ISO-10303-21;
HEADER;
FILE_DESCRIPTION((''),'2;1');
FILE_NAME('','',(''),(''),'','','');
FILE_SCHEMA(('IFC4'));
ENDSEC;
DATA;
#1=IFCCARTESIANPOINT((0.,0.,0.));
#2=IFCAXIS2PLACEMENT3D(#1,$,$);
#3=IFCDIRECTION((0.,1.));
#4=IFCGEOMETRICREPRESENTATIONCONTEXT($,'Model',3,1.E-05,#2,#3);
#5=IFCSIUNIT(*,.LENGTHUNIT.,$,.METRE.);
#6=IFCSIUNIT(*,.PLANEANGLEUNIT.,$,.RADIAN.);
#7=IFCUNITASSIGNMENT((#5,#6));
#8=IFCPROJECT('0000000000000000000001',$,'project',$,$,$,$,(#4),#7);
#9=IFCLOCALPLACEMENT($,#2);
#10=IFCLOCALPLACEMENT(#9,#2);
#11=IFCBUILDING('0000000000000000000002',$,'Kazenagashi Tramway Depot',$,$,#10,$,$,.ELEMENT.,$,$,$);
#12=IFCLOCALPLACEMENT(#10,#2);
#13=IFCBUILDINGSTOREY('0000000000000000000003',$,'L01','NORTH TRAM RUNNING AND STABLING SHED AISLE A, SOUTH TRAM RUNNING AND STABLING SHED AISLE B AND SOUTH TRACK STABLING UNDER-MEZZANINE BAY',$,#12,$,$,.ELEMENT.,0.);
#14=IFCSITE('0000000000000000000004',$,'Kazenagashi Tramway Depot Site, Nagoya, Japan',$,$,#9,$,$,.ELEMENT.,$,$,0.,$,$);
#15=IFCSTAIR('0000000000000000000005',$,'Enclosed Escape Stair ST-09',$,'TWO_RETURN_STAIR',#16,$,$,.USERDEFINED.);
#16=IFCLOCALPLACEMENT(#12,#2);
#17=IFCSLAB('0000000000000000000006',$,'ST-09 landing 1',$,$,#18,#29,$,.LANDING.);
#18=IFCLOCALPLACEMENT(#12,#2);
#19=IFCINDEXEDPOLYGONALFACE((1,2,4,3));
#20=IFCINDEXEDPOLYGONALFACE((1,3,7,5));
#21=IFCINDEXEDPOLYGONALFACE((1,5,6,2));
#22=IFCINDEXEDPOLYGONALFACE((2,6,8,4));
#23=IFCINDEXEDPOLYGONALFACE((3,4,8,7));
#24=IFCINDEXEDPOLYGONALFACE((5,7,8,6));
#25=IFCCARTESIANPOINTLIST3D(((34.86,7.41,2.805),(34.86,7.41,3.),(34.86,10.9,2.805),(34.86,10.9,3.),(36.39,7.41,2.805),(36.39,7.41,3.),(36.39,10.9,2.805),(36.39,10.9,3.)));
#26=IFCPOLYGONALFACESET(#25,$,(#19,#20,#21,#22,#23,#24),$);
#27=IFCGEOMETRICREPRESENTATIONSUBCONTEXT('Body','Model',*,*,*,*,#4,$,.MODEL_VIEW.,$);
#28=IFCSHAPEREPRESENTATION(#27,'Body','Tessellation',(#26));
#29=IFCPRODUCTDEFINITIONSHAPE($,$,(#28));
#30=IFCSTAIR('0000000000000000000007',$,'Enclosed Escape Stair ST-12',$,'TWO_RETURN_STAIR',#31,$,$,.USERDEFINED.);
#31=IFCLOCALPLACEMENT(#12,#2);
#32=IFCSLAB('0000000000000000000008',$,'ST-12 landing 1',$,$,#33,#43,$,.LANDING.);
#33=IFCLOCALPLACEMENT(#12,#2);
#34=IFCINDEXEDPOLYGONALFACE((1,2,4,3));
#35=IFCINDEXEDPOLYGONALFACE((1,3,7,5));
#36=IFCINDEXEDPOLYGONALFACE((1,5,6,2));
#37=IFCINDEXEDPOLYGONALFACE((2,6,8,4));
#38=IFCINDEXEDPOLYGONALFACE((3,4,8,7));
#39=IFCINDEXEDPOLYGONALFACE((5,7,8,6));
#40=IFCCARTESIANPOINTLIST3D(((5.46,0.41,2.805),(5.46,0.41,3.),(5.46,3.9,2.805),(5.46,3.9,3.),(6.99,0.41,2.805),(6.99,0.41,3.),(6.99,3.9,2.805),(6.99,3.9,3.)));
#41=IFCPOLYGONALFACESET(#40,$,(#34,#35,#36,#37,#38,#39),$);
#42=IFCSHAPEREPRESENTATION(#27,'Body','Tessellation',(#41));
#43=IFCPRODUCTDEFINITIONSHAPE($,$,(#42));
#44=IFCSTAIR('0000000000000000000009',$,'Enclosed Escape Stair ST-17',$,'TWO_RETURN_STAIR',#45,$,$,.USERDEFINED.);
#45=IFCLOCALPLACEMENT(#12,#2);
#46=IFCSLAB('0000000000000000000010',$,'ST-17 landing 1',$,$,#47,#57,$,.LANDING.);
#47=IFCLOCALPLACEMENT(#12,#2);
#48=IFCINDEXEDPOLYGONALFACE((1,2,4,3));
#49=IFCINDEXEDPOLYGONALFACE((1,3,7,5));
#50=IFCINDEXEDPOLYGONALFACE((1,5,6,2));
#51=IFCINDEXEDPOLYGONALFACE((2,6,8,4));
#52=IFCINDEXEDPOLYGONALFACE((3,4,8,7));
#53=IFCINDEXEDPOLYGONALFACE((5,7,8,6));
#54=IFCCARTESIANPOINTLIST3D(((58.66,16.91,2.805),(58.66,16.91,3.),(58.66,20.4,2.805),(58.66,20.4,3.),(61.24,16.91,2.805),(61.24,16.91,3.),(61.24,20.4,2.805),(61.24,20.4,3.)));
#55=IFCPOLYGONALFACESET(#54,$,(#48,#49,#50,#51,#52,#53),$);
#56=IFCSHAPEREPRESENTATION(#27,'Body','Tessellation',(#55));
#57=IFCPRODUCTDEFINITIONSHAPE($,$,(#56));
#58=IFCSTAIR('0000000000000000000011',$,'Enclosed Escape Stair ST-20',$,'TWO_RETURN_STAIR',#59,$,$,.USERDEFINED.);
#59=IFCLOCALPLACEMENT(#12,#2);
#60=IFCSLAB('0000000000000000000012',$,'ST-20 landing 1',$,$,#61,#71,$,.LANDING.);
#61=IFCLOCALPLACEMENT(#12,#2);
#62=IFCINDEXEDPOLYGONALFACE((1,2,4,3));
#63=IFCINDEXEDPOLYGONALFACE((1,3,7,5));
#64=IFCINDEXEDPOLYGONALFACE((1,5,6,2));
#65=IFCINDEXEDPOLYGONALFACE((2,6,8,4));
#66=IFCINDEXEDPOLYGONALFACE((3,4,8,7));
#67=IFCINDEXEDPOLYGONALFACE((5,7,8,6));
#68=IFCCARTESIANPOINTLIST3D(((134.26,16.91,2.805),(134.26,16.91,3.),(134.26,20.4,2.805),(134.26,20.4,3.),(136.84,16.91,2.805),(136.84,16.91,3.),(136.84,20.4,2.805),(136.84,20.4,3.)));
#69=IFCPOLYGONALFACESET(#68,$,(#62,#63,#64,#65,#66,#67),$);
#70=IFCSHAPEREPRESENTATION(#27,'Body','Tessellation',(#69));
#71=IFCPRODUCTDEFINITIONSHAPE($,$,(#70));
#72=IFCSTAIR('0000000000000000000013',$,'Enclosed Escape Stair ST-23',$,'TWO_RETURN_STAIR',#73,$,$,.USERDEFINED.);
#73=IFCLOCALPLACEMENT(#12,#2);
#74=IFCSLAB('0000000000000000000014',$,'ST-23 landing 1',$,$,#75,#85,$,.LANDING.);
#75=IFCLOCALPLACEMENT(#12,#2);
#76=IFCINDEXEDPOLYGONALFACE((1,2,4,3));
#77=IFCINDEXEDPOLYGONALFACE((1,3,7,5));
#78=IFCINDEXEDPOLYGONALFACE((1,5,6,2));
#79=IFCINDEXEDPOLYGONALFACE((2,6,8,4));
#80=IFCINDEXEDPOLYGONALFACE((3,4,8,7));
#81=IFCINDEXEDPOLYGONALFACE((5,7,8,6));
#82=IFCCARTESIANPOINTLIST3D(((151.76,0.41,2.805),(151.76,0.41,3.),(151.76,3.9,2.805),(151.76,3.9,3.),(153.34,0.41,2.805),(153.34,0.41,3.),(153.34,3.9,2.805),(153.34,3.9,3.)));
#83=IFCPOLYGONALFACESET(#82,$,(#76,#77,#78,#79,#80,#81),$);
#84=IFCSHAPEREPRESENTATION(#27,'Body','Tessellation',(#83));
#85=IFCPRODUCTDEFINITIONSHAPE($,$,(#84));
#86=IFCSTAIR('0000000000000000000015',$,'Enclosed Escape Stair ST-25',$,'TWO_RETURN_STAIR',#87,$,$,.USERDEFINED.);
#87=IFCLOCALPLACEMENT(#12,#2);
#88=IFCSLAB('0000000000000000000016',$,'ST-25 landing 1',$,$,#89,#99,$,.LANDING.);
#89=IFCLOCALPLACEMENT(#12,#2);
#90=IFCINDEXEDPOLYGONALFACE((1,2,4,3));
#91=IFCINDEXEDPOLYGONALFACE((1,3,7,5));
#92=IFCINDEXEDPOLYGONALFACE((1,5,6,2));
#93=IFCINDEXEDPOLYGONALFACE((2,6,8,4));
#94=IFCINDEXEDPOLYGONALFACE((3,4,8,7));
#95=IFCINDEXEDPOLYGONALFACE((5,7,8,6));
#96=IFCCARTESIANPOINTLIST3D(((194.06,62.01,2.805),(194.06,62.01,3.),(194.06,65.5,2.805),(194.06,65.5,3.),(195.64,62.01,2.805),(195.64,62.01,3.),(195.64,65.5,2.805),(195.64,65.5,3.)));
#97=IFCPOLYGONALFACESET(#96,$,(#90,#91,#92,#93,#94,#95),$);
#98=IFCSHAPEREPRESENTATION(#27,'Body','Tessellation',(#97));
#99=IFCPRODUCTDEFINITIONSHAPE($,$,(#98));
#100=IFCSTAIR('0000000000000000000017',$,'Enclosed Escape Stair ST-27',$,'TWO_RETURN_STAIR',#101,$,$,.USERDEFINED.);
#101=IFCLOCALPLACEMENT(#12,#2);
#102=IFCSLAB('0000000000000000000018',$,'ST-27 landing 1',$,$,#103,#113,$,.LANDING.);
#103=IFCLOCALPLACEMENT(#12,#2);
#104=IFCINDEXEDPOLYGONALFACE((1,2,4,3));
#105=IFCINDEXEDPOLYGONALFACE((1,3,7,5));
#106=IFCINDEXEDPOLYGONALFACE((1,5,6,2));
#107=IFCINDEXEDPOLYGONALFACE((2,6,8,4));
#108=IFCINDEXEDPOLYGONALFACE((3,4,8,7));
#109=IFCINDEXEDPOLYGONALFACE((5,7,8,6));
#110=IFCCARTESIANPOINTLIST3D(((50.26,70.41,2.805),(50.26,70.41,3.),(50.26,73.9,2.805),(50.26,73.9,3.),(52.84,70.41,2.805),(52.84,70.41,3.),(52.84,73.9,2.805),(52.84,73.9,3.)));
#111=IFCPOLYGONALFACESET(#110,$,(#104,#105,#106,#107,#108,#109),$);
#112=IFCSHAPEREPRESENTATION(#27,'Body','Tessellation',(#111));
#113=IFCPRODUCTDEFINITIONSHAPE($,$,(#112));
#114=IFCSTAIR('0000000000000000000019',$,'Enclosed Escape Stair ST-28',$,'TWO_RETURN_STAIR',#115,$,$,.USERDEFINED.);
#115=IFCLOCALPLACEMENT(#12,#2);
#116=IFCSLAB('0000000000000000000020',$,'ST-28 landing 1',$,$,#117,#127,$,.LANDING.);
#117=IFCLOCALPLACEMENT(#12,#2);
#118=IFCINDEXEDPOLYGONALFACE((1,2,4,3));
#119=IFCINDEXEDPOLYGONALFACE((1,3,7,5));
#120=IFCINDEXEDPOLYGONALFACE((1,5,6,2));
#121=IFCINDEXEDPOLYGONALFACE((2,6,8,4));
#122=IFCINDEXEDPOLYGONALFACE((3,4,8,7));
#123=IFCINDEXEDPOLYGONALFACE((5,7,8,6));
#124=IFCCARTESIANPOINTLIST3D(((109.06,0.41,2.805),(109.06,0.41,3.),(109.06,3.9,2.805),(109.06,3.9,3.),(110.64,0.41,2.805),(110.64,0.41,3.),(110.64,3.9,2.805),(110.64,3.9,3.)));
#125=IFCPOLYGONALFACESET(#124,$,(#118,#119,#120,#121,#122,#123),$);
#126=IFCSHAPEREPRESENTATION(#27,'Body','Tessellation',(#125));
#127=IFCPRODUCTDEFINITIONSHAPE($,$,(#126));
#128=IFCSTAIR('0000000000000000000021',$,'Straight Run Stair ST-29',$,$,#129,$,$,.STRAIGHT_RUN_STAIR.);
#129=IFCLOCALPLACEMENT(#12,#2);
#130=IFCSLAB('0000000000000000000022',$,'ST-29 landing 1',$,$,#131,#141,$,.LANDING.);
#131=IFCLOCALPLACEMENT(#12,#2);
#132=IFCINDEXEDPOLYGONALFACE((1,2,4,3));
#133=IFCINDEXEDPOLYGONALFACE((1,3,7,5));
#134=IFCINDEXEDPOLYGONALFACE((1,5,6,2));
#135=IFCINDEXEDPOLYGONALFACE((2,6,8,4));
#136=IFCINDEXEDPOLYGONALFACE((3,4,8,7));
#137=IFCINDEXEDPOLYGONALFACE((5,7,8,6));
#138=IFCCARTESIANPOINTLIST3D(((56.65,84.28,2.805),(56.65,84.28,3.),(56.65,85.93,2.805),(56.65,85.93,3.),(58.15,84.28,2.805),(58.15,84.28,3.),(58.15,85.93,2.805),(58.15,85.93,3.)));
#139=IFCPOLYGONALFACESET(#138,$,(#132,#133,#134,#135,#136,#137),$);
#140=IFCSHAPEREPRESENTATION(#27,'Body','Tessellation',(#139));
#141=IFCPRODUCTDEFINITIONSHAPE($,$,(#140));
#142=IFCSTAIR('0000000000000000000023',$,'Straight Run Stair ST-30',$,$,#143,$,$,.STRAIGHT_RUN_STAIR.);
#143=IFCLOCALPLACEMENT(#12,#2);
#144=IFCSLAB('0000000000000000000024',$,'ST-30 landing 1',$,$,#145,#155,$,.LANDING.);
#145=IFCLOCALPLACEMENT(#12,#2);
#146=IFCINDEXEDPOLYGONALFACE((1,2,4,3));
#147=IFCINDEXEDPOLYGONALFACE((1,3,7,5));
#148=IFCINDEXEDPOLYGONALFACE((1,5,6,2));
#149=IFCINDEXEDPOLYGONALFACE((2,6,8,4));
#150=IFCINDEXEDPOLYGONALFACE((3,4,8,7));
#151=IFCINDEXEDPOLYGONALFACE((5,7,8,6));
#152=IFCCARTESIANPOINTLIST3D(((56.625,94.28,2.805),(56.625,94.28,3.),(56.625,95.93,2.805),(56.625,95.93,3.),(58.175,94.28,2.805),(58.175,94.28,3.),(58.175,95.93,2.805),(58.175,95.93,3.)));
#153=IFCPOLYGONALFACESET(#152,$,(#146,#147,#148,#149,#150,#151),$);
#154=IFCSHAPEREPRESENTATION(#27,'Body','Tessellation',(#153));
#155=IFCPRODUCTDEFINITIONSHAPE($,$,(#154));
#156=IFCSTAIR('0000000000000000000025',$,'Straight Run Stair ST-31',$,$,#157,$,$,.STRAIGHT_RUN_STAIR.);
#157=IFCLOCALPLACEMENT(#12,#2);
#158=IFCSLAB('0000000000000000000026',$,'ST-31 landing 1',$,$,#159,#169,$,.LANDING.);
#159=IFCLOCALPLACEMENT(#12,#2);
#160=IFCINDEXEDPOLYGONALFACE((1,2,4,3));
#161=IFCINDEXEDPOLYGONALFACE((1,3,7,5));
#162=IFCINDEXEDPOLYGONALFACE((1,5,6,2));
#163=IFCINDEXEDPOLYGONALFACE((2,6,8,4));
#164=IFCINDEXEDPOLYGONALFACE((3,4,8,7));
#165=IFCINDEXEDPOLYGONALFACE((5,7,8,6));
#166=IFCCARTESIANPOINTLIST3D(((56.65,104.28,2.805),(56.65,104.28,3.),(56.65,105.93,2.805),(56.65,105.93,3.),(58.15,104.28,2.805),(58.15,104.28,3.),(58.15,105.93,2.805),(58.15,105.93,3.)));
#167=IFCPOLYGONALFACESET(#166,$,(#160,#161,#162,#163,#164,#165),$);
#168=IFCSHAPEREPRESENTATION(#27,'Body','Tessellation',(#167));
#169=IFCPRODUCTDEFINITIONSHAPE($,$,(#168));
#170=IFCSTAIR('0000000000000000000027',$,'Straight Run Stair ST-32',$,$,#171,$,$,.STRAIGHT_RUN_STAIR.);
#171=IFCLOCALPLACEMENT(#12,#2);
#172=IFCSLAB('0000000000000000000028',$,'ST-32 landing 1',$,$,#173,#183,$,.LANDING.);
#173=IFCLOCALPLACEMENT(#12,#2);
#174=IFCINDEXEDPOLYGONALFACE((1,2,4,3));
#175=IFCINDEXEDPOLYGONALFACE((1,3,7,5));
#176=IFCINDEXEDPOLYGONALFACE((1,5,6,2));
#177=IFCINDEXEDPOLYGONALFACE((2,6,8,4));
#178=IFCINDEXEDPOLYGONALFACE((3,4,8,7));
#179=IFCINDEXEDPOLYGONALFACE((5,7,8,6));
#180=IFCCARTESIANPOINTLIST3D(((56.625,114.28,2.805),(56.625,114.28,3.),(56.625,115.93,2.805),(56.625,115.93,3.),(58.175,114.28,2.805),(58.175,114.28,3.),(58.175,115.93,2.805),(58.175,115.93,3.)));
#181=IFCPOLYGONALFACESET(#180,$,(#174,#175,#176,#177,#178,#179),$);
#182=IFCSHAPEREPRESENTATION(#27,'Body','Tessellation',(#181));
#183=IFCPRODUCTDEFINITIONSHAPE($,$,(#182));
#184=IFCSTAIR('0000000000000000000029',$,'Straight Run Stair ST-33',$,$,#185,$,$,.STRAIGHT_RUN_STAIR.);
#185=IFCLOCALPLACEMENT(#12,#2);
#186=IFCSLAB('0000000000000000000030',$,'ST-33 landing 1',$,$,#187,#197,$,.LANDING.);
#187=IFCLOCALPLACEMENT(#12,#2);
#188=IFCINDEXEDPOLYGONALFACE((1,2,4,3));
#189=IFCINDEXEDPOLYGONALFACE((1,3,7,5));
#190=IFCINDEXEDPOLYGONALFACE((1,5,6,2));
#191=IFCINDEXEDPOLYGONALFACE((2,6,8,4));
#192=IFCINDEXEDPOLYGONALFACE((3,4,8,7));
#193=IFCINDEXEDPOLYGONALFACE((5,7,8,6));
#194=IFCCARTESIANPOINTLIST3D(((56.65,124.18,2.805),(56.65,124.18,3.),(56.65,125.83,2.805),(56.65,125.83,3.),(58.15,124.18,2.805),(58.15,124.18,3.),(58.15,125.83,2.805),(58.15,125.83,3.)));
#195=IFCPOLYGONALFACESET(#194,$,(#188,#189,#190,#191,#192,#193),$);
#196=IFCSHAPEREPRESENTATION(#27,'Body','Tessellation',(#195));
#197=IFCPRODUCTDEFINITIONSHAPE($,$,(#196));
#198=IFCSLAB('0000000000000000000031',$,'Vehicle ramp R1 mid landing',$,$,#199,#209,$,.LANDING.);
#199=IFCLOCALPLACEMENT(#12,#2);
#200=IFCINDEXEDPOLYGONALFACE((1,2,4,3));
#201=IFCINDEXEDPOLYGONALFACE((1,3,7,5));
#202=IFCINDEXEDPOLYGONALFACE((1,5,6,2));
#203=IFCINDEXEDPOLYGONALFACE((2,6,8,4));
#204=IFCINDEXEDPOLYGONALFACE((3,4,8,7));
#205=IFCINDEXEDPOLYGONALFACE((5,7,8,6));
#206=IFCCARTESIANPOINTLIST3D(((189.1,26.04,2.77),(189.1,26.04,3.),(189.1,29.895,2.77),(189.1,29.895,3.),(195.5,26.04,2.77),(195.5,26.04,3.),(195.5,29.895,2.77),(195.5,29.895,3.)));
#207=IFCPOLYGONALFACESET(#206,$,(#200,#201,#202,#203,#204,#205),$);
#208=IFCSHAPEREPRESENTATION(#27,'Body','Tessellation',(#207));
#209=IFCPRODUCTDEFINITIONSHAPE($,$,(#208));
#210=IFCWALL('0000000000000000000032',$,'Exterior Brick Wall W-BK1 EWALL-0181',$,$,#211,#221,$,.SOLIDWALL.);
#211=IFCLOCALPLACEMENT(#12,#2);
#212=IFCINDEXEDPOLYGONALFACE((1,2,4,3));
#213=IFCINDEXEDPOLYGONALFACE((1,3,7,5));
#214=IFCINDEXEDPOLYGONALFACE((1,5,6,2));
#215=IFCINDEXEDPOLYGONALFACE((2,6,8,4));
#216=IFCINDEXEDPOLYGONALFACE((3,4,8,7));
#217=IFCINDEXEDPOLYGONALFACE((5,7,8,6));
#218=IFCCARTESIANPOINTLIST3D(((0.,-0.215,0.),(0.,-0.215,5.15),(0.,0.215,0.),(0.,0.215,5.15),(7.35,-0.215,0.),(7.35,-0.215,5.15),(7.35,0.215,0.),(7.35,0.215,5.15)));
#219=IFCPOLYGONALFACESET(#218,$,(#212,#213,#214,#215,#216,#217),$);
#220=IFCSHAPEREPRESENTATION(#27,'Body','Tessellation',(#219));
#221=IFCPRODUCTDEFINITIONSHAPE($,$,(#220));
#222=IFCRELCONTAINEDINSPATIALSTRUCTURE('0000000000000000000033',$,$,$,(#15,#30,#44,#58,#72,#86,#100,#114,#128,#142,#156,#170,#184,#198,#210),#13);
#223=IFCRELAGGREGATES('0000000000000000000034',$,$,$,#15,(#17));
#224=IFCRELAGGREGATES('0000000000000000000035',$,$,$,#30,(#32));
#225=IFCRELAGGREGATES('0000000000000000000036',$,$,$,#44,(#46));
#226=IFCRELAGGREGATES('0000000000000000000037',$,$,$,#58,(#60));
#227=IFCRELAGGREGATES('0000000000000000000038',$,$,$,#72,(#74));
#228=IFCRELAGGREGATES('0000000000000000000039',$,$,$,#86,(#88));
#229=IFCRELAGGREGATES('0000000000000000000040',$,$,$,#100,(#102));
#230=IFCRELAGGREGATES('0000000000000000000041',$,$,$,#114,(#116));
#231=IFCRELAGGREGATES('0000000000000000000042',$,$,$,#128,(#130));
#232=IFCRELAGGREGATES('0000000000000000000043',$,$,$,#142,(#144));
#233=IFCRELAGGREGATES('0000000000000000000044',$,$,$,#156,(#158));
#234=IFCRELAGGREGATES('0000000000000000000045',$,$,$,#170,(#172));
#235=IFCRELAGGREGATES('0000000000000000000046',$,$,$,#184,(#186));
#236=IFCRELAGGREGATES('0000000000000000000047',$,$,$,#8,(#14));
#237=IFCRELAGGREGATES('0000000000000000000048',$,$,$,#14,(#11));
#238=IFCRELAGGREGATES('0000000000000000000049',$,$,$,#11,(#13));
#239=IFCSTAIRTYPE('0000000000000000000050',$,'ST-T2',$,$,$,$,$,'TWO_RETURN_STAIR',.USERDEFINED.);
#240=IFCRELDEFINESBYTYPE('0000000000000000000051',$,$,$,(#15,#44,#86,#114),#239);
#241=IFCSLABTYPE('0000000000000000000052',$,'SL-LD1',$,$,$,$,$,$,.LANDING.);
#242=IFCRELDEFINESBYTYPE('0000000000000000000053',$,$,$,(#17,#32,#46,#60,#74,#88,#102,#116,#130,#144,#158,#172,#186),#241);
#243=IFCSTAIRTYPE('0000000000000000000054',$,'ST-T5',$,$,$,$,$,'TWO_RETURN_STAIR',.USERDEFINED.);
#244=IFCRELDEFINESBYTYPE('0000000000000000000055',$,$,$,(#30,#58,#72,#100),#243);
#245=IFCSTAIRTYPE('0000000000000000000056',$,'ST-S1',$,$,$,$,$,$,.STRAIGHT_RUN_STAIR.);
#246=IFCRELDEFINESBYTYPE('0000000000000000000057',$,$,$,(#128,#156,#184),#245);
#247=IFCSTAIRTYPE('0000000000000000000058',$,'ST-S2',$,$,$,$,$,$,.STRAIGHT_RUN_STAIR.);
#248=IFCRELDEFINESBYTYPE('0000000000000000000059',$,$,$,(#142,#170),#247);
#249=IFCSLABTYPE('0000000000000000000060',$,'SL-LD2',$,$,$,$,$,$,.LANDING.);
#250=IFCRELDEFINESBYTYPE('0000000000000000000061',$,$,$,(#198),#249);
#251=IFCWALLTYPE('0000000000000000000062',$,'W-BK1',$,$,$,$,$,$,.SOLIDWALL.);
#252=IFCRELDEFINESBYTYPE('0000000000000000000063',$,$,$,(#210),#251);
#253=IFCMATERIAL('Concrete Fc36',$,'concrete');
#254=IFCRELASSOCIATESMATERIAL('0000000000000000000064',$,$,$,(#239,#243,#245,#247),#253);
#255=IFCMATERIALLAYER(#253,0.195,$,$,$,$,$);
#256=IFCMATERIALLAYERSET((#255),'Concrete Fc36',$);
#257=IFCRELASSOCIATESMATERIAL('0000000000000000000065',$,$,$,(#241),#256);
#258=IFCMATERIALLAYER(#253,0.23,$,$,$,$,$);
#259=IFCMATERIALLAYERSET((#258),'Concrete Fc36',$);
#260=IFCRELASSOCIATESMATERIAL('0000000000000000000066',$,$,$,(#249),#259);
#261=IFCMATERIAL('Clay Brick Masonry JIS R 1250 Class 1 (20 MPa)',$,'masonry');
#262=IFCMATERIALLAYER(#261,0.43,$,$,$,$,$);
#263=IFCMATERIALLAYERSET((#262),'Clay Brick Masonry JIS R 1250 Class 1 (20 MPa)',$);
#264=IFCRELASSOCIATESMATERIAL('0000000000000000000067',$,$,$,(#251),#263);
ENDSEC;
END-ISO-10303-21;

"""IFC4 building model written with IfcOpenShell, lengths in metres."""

from ifc_helpers import new_model, si_unit, direction, frame, frame_2d, origin, origin_with_axes, place, context, subcontext, project, spatial, polyline, rectangle, outline, extrude, material, layer, layer_set, type_object, element, aggregate, save


model = new_model("IFC4")

# Units and contexts
model_context = context("Model", 3, precision=1e-05, world=origin(), true_north=direction((0.0, 1.0)))
body_context = subcontext(model_context, "Body", "Model", "MODEL_VIEW")
ifc_project = project(units=[si_unit("LENGTHUNIT", "METRE"), si_unit("PLANEANGLEUNIT", "RADIAN")], contexts=[model_context])

# Site, building, storey
site_placement = place(None, origin())
site = spatial("IfcSite", under=ifc_project, at=site_placement, Name="Kazenagashi Tramway Depot Site, Nagoya, Japan", CompositionType="ELEMENT", RefElevation=0.0)
building_placement = place(site_placement, origin())
building = spatial("IfcBuilding", under=site, at=building_placement, Name="Kazenagashi Tramway Depot", CompositionType="ELEMENT")
storey_placement = place(building_placement, origin())
storey = spatial("IfcBuildingStorey", under=building, at=storey_placement, Name="L01", Description="NORTH TRAM RUNNING AND STABLING SHED AISLE A, SOUTH TRAM RUNNING AND STABLING SHED AISLE B AND SOUTH TRACK STABLING UNDER-MEZZANINE BAY", CompositionType="ELEMENT", Elevation=0.0)

# Shared definitions
ifc_material_1 = material(Name="Concrete Fc36", Category="concrete")

# Stairs, slabs
stair_type_1 = type_object("IfcStairType", Name="ST-T2", ElementType="TWO_RETURN_STAIR", PredefinedType="USERDEFINED", material=ifc_material_1)
ifc_layer_1 = layer(ifc_material_1, 0.195)
ifc_layer_set_1 = layer_set([ifc_layer_1], Name="Concrete Fc36")
slab_type_1 = type_object("IfcSlabType", Name="SL-LD1", PredefinedType="LANDING", material=ifc_layer_set_1)
stair_type_2 = type_object("IfcStairType", Name="ST-T5", ElementType="TWO_RETURN_STAIR", PredefinedType="USERDEFINED", material=ifc_material_1)
stair_1_placement = place(storey_placement, origin())
stair_1 = element("IfcStair", 1, at=stair_1_placement, inside=storey, type_object=stair_type_1, Name="Enclosed Escape Stair ST-09", ObjectType="TWO_RETURN_STAIR", PredefinedType="USERDEFINED")
slab_1_placement = place(storey_placement, frame((0.0, 0.0, 2.805)))
slab_1 = element("IfcSlab", 2, at=slab_1_placement, type_object=slab_type_1, Name="ST-09 landing 1", PredefinedType="LANDING", context=body_context, shape_type="SweptSolid", body=[
    extrude(outline(polyline([(34.86, 7.41), (36.39, 7.41), (36.39, 10.9), (34.86, 10.9), (34.86, 7.41)])), origin(), (0.0, 0.0, 1.0), 0.195),
])
aggregate(stair_1, [slab_1])
stair_2_placement = place(storey_placement, origin())
stair_2 = element("IfcStair", 3, at=stair_2_placement, inside=storey, type_object=stair_type_2, Name="Enclosed Escape Stair ST-12", ObjectType="TWO_RETURN_STAIR", PredefinedType="USERDEFINED")
slab_2_placement = place(storey_placement, frame((0.0, 0.0, 2.805)))
slab_2 = element("IfcSlab", 4, at=slab_2_placement, type_object=slab_type_1, Name="ST-12 landing 1", PredefinedType="LANDING", context=body_context, shape_type="SweptSolid", body=[
    extrude(outline(polyline([(5.46, 0.41), (6.99, 0.41), (6.99, 3.9), (5.46, 3.9), (5.46, 0.41)])), origin(), (0.0, 0.0, 1.0), 0.195),
])
aggregate(stair_2, [slab_2])
stair_3_placement = place(storey_placement, origin())
stair_3 = element("IfcStair", 5, at=stair_3_placement, inside=storey, type_object=stair_type_1, Name="Enclosed Escape Stair ST-17", ObjectType="TWO_RETURN_STAIR", PredefinedType="USERDEFINED")
slab_3_placement = place(storey_placement, frame((0.0, 0.0, 2.805)))
slab_3 = element("IfcSlab", 6, at=slab_3_placement, type_object=slab_type_1, Name="ST-17 landing 1", PredefinedType="LANDING", context=body_context, shape_type="SweptSolid", body=[
    extrude(outline(polyline([(58.66, 16.91), (61.24, 16.91), (61.24, 20.4), (58.66, 20.4), (58.66, 16.91)])), origin(), (0.0, 0.0, 1.0), 0.195),
])
aggregate(stair_3, [slab_3])
stair_4_placement = place(storey_placement, origin())
stair_4 = element("IfcStair", 7, at=stair_4_placement, inside=storey, type_object=stair_type_2, Name="Enclosed Escape Stair ST-20", ObjectType="TWO_RETURN_STAIR", PredefinedType="USERDEFINED")
slab_4_placement = place(storey_placement, frame((0.0, 0.0, 2.805)))
slab_4 = element("IfcSlab", 8, at=slab_4_placement, type_object=slab_type_1, Name="ST-20 landing 1", PredefinedType="LANDING", context=body_context, shape_type="SweptSolid", body=[
    extrude(outline(polyline([(134.26, 16.91), (136.84, 16.91), (136.84, 20.4), (134.26, 20.4), (134.26, 16.91)])), origin(), (0.0, 0.0, 1.0), 0.195),
])
aggregate(stair_4, [slab_4])
stair_5_placement = place(storey_placement, origin())
stair_5 = element("IfcStair", 9, at=stair_5_placement, inside=storey, type_object=stair_type_2, Name="Enclosed Escape Stair ST-23", ObjectType="TWO_RETURN_STAIR", PredefinedType="USERDEFINED")
slab_5_placement = place(storey_placement, frame((0.0, 0.0, 2.805)))
slab_5 = element("IfcSlab", 10, at=slab_5_placement, type_object=slab_type_1, Name="ST-23 landing 1", PredefinedType="LANDING", context=body_context, shape_type="SweptSolid", body=[
    extrude(outline(polyline([(151.76, 0.41), (153.34, 0.41), (153.34, 3.9), (151.76, 3.9), (151.76, 0.41)])), origin(), (0.0, 0.0, 1.0), 0.195),
])
aggregate(stair_5, [slab_5])
stair_6_placement = place(storey_placement, origin())
stair_6 = element("IfcStair", 11, at=stair_6_placement, inside=storey, type_object=stair_type_1, Name="Enclosed Escape Stair ST-25", ObjectType="TWO_RETURN_STAIR", PredefinedType="USERDEFINED")
slab_6_placement = place(storey_placement, frame((0.0, 0.0, 2.805)))
slab_6 = element("IfcSlab", 12, at=slab_6_placement, type_object=slab_type_1, Name="ST-25 landing 1", PredefinedType="LANDING", context=body_context, shape_type="SweptSolid", body=[
    extrude(outline(polyline([(194.06, 62.01), (195.64, 62.01), (195.64, 65.5), (194.06, 65.5), (194.06, 62.01)])), origin(), (0.0, 0.0, 1.0), 0.195),
])
aggregate(stair_6, [slab_6])
stair_7_placement = place(storey_placement, origin())
stair_7 = element("IfcStair", 13, at=stair_7_placement, inside=storey, type_object=stair_type_2, Name="Enclosed Escape Stair ST-27", ObjectType="TWO_RETURN_STAIR", PredefinedType="USERDEFINED")
slab_7_placement = place(storey_placement, frame((0.0, 0.0, 2.805)))
slab_7 = element("IfcSlab", 14, at=slab_7_placement, type_object=slab_type_1, Name="ST-27 landing 1", PredefinedType="LANDING", context=body_context, shape_type="SweptSolid", body=[
    extrude(outline(polyline([(50.26, 70.41), (52.84, 70.41), (52.84, 73.9), (50.26, 73.9), (50.26, 70.41)])), origin(), (0.0, 0.0, 1.0), 0.195),
])
aggregate(stair_7, [slab_7])
stair_8_placement = place(storey_placement, origin())
stair_8 = element("IfcStair", 15, at=stair_8_placement, inside=storey, type_object=stair_type_1, Name="Enclosed Escape Stair ST-28", ObjectType="TWO_RETURN_STAIR", PredefinedType="USERDEFINED")
slab_8_placement = place(storey_placement, frame((0.0, 0.0, 2.805)))
slab_8 = element("IfcSlab", 16, at=slab_8_placement, type_object=slab_type_1, Name="ST-28 landing 1", PredefinedType="LANDING", context=body_context, shape_type="SweptSolid", body=[
    extrude(outline(polyline([(109.06, 0.41), (110.64, 0.41), (110.64, 3.9), (109.06, 3.9), (109.06, 0.41)])), origin(), (0.0, 0.0, 1.0), 0.195),
])
aggregate(stair_8, [slab_8])
stair_type_3 = type_object("IfcStairType", Name="ST-S1", PredefinedType="STRAIGHT_RUN_STAIR", material=ifc_material_1)
stair_9_placement = place(storey_placement, origin())
stair_9 = element("IfcStair", 17, at=stair_9_placement, inside=storey, type_object=stair_type_3, Name="Straight Run Stair ST-29", PredefinedType="STRAIGHT_RUN_STAIR")
slab_9_placement = place(storey_placement, frame((0.0, 0.0, 2.805)))
slab_9 = element("IfcSlab", 18, at=slab_9_placement, type_object=slab_type_1, Name="ST-29 landing 1", PredefinedType="LANDING", context=body_context, shape_type="SweptSolid", body=[
    extrude(outline(polyline([(56.65, 84.28), (58.15, 84.28), (58.15, 85.93), (56.65, 85.93), (56.65, 84.28)])), origin(), (0.0, 0.0, 1.0), 0.195),
])
aggregate(stair_9, [slab_9])
stair_type_4 = type_object("IfcStairType", Name="ST-S2", PredefinedType="STRAIGHT_RUN_STAIR", material=ifc_material_1)
stair_10_placement = place(storey_placement, origin())
stair_10 = element("IfcStair", 19, at=stair_10_placement, inside=storey, type_object=stair_type_4, Name="Straight Run Stair ST-30", PredefinedType="STRAIGHT_RUN_STAIR")
slab_10_placement = place(storey_placement, frame((0.0, 0.0, 2.805)))
slab_10 = element("IfcSlab", 20, at=slab_10_placement, type_object=slab_type_1, Name="ST-30 landing 1", PredefinedType="LANDING", context=body_context, shape_type="SweptSolid", body=[
    extrude(outline(polyline([(56.625, 94.28), (58.175, 94.28), (58.175, 95.93), (56.625, 95.93), (56.625, 94.28)])), origin(), (0.0, 0.0, 1.0), 0.195),
])
aggregate(stair_10, [slab_10])
stair_11_placement = place(storey_placement, origin())
stair_11 = element("IfcStair", 21, at=stair_11_placement, inside=storey, type_object=stair_type_3, Name="Straight Run Stair ST-31", PredefinedType="STRAIGHT_RUN_STAIR")
slab_11_placement = place(storey_placement, frame((0.0, 0.0, 2.805)))
slab_11 = element("IfcSlab", 22, at=slab_11_placement, type_object=slab_type_1, Name="ST-31 landing 1", PredefinedType="LANDING", context=body_context, shape_type="SweptSolid", body=[
    extrude(outline(polyline([(56.65, 104.28), (58.15, 104.28), (58.15, 105.93), (56.65, 105.93), (56.65, 104.28)])), origin(), (0.0, 0.0, 1.0), 0.195),
])
aggregate(stair_11, [slab_11])
stair_12_placement = place(storey_placement, origin())
stair_12 = element("IfcStair", 23, at=stair_12_placement, inside=storey, type_object=stair_type_4, Name="Straight Run Stair ST-32", PredefinedType="STRAIGHT_RUN_STAIR")
slab_12_placement = place(storey_placement, frame((0.0, 0.0, 2.805)))
slab_12 = element("IfcSlab", 24, at=slab_12_placement, type_object=slab_type_1, Name="ST-32 landing 1", PredefinedType="LANDING", context=body_context, shape_type="SweptSolid", body=[
    extrude(outline(polyline([(56.625, 114.28), (58.175, 114.28), (58.175, 115.93), (56.625, 115.93), (56.625, 114.28)])), origin(), (0.0, 0.0, 1.0), 0.195),
])
aggregate(stair_12, [slab_12])
stair_13_placement = place(storey_placement, origin())
stair_13 = element("IfcStair", 25, at=stair_13_placement, inside=storey, type_object=stair_type_3, Name="Straight Run Stair ST-33", PredefinedType="STRAIGHT_RUN_STAIR")
slab_13_placement = place(storey_placement, frame((0.0, 0.0, 2.805)))
slab_13 = element("IfcSlab", 26, at=slab_13_placement, type_object=slab_type_1, Name="ST-33 landing 1", PredefinedType="LANDING", context=body_context, shape_type="SweptSolid", body=[
    extrude(outline(polyline([(56.65, 124.18), (58.15, 124.18), (58.15, 125.83), (56.65, 125.83), (56.65, 124.18)])), origin(), (0.0, 0.0, 1.0), 0.195),
])
aggregate(stair_13, [slab_13])

# Slab
ifc_layer_2 = layer(ifc_material_1, 0.23)
ifc_layer_set_2 = layer_set([ifc_layer_2], Name="Concrete Fc36")
slab_type_2 = type_object("IfcSlabType", Name="SL-LD2", PredefinedType="LANDING", material=ifc_layer_set_2)
slab_14_placement = place(storey_placement, frame((0.0, 0.0, 2.77)))
element("IfcSlab", 27, at=slab_14_placement, inside=storey, type_object=slab_type_2, Name="Vehicle ramp R1 mid landing", PredefinedType="LANDING", context=body_context, shape_type="SweptSolid", body=[
    extrude(outline(polyline([(189.1, 26.04), (195.5, 26.04), (195.5, 29.895), (189.1, 29.895), (189.1, 26.04)])), origin(), (0.0, 0.0, 1.0), 0.23),
])

# Wall
ifc_material_2 = material(Name="Clay Brick Masonry JIS R 1250 Class 1 (20 MPa)", Category="masonry")
ifc_layer_3 = layer(ifc_material_2, 0.43)
ifc_layer_set_3 = layer_set([ifc_layer_3], Name="Clay Brick Masonry JIS R 1250 Class 1 (20 MPa)")
wall_type = type_object("IfcWallType", Name="W-BK1", PredefinedType="SOLIDWALL", material=ifc_layer_set_3)
wall_1_placement = place(storey_placement, origin_with_axes())
element("IfcWall", 28, at=wall_1_placement, inside=storey, type_object=wall_type, Name="Exterior Brick Wall W-BK1 EWALL-0181", PredefinedType="SOLIDWALL", context=body_context, shape_type="SweptSolid", body=[
    extrude(rectangle(XDim=7.35, YDim=0.43, at=frame_2d((3.675, 0.0))), origin(), (0.0, 0.0, 1.0), 5.15),
])

save(model, "model.ifc")
